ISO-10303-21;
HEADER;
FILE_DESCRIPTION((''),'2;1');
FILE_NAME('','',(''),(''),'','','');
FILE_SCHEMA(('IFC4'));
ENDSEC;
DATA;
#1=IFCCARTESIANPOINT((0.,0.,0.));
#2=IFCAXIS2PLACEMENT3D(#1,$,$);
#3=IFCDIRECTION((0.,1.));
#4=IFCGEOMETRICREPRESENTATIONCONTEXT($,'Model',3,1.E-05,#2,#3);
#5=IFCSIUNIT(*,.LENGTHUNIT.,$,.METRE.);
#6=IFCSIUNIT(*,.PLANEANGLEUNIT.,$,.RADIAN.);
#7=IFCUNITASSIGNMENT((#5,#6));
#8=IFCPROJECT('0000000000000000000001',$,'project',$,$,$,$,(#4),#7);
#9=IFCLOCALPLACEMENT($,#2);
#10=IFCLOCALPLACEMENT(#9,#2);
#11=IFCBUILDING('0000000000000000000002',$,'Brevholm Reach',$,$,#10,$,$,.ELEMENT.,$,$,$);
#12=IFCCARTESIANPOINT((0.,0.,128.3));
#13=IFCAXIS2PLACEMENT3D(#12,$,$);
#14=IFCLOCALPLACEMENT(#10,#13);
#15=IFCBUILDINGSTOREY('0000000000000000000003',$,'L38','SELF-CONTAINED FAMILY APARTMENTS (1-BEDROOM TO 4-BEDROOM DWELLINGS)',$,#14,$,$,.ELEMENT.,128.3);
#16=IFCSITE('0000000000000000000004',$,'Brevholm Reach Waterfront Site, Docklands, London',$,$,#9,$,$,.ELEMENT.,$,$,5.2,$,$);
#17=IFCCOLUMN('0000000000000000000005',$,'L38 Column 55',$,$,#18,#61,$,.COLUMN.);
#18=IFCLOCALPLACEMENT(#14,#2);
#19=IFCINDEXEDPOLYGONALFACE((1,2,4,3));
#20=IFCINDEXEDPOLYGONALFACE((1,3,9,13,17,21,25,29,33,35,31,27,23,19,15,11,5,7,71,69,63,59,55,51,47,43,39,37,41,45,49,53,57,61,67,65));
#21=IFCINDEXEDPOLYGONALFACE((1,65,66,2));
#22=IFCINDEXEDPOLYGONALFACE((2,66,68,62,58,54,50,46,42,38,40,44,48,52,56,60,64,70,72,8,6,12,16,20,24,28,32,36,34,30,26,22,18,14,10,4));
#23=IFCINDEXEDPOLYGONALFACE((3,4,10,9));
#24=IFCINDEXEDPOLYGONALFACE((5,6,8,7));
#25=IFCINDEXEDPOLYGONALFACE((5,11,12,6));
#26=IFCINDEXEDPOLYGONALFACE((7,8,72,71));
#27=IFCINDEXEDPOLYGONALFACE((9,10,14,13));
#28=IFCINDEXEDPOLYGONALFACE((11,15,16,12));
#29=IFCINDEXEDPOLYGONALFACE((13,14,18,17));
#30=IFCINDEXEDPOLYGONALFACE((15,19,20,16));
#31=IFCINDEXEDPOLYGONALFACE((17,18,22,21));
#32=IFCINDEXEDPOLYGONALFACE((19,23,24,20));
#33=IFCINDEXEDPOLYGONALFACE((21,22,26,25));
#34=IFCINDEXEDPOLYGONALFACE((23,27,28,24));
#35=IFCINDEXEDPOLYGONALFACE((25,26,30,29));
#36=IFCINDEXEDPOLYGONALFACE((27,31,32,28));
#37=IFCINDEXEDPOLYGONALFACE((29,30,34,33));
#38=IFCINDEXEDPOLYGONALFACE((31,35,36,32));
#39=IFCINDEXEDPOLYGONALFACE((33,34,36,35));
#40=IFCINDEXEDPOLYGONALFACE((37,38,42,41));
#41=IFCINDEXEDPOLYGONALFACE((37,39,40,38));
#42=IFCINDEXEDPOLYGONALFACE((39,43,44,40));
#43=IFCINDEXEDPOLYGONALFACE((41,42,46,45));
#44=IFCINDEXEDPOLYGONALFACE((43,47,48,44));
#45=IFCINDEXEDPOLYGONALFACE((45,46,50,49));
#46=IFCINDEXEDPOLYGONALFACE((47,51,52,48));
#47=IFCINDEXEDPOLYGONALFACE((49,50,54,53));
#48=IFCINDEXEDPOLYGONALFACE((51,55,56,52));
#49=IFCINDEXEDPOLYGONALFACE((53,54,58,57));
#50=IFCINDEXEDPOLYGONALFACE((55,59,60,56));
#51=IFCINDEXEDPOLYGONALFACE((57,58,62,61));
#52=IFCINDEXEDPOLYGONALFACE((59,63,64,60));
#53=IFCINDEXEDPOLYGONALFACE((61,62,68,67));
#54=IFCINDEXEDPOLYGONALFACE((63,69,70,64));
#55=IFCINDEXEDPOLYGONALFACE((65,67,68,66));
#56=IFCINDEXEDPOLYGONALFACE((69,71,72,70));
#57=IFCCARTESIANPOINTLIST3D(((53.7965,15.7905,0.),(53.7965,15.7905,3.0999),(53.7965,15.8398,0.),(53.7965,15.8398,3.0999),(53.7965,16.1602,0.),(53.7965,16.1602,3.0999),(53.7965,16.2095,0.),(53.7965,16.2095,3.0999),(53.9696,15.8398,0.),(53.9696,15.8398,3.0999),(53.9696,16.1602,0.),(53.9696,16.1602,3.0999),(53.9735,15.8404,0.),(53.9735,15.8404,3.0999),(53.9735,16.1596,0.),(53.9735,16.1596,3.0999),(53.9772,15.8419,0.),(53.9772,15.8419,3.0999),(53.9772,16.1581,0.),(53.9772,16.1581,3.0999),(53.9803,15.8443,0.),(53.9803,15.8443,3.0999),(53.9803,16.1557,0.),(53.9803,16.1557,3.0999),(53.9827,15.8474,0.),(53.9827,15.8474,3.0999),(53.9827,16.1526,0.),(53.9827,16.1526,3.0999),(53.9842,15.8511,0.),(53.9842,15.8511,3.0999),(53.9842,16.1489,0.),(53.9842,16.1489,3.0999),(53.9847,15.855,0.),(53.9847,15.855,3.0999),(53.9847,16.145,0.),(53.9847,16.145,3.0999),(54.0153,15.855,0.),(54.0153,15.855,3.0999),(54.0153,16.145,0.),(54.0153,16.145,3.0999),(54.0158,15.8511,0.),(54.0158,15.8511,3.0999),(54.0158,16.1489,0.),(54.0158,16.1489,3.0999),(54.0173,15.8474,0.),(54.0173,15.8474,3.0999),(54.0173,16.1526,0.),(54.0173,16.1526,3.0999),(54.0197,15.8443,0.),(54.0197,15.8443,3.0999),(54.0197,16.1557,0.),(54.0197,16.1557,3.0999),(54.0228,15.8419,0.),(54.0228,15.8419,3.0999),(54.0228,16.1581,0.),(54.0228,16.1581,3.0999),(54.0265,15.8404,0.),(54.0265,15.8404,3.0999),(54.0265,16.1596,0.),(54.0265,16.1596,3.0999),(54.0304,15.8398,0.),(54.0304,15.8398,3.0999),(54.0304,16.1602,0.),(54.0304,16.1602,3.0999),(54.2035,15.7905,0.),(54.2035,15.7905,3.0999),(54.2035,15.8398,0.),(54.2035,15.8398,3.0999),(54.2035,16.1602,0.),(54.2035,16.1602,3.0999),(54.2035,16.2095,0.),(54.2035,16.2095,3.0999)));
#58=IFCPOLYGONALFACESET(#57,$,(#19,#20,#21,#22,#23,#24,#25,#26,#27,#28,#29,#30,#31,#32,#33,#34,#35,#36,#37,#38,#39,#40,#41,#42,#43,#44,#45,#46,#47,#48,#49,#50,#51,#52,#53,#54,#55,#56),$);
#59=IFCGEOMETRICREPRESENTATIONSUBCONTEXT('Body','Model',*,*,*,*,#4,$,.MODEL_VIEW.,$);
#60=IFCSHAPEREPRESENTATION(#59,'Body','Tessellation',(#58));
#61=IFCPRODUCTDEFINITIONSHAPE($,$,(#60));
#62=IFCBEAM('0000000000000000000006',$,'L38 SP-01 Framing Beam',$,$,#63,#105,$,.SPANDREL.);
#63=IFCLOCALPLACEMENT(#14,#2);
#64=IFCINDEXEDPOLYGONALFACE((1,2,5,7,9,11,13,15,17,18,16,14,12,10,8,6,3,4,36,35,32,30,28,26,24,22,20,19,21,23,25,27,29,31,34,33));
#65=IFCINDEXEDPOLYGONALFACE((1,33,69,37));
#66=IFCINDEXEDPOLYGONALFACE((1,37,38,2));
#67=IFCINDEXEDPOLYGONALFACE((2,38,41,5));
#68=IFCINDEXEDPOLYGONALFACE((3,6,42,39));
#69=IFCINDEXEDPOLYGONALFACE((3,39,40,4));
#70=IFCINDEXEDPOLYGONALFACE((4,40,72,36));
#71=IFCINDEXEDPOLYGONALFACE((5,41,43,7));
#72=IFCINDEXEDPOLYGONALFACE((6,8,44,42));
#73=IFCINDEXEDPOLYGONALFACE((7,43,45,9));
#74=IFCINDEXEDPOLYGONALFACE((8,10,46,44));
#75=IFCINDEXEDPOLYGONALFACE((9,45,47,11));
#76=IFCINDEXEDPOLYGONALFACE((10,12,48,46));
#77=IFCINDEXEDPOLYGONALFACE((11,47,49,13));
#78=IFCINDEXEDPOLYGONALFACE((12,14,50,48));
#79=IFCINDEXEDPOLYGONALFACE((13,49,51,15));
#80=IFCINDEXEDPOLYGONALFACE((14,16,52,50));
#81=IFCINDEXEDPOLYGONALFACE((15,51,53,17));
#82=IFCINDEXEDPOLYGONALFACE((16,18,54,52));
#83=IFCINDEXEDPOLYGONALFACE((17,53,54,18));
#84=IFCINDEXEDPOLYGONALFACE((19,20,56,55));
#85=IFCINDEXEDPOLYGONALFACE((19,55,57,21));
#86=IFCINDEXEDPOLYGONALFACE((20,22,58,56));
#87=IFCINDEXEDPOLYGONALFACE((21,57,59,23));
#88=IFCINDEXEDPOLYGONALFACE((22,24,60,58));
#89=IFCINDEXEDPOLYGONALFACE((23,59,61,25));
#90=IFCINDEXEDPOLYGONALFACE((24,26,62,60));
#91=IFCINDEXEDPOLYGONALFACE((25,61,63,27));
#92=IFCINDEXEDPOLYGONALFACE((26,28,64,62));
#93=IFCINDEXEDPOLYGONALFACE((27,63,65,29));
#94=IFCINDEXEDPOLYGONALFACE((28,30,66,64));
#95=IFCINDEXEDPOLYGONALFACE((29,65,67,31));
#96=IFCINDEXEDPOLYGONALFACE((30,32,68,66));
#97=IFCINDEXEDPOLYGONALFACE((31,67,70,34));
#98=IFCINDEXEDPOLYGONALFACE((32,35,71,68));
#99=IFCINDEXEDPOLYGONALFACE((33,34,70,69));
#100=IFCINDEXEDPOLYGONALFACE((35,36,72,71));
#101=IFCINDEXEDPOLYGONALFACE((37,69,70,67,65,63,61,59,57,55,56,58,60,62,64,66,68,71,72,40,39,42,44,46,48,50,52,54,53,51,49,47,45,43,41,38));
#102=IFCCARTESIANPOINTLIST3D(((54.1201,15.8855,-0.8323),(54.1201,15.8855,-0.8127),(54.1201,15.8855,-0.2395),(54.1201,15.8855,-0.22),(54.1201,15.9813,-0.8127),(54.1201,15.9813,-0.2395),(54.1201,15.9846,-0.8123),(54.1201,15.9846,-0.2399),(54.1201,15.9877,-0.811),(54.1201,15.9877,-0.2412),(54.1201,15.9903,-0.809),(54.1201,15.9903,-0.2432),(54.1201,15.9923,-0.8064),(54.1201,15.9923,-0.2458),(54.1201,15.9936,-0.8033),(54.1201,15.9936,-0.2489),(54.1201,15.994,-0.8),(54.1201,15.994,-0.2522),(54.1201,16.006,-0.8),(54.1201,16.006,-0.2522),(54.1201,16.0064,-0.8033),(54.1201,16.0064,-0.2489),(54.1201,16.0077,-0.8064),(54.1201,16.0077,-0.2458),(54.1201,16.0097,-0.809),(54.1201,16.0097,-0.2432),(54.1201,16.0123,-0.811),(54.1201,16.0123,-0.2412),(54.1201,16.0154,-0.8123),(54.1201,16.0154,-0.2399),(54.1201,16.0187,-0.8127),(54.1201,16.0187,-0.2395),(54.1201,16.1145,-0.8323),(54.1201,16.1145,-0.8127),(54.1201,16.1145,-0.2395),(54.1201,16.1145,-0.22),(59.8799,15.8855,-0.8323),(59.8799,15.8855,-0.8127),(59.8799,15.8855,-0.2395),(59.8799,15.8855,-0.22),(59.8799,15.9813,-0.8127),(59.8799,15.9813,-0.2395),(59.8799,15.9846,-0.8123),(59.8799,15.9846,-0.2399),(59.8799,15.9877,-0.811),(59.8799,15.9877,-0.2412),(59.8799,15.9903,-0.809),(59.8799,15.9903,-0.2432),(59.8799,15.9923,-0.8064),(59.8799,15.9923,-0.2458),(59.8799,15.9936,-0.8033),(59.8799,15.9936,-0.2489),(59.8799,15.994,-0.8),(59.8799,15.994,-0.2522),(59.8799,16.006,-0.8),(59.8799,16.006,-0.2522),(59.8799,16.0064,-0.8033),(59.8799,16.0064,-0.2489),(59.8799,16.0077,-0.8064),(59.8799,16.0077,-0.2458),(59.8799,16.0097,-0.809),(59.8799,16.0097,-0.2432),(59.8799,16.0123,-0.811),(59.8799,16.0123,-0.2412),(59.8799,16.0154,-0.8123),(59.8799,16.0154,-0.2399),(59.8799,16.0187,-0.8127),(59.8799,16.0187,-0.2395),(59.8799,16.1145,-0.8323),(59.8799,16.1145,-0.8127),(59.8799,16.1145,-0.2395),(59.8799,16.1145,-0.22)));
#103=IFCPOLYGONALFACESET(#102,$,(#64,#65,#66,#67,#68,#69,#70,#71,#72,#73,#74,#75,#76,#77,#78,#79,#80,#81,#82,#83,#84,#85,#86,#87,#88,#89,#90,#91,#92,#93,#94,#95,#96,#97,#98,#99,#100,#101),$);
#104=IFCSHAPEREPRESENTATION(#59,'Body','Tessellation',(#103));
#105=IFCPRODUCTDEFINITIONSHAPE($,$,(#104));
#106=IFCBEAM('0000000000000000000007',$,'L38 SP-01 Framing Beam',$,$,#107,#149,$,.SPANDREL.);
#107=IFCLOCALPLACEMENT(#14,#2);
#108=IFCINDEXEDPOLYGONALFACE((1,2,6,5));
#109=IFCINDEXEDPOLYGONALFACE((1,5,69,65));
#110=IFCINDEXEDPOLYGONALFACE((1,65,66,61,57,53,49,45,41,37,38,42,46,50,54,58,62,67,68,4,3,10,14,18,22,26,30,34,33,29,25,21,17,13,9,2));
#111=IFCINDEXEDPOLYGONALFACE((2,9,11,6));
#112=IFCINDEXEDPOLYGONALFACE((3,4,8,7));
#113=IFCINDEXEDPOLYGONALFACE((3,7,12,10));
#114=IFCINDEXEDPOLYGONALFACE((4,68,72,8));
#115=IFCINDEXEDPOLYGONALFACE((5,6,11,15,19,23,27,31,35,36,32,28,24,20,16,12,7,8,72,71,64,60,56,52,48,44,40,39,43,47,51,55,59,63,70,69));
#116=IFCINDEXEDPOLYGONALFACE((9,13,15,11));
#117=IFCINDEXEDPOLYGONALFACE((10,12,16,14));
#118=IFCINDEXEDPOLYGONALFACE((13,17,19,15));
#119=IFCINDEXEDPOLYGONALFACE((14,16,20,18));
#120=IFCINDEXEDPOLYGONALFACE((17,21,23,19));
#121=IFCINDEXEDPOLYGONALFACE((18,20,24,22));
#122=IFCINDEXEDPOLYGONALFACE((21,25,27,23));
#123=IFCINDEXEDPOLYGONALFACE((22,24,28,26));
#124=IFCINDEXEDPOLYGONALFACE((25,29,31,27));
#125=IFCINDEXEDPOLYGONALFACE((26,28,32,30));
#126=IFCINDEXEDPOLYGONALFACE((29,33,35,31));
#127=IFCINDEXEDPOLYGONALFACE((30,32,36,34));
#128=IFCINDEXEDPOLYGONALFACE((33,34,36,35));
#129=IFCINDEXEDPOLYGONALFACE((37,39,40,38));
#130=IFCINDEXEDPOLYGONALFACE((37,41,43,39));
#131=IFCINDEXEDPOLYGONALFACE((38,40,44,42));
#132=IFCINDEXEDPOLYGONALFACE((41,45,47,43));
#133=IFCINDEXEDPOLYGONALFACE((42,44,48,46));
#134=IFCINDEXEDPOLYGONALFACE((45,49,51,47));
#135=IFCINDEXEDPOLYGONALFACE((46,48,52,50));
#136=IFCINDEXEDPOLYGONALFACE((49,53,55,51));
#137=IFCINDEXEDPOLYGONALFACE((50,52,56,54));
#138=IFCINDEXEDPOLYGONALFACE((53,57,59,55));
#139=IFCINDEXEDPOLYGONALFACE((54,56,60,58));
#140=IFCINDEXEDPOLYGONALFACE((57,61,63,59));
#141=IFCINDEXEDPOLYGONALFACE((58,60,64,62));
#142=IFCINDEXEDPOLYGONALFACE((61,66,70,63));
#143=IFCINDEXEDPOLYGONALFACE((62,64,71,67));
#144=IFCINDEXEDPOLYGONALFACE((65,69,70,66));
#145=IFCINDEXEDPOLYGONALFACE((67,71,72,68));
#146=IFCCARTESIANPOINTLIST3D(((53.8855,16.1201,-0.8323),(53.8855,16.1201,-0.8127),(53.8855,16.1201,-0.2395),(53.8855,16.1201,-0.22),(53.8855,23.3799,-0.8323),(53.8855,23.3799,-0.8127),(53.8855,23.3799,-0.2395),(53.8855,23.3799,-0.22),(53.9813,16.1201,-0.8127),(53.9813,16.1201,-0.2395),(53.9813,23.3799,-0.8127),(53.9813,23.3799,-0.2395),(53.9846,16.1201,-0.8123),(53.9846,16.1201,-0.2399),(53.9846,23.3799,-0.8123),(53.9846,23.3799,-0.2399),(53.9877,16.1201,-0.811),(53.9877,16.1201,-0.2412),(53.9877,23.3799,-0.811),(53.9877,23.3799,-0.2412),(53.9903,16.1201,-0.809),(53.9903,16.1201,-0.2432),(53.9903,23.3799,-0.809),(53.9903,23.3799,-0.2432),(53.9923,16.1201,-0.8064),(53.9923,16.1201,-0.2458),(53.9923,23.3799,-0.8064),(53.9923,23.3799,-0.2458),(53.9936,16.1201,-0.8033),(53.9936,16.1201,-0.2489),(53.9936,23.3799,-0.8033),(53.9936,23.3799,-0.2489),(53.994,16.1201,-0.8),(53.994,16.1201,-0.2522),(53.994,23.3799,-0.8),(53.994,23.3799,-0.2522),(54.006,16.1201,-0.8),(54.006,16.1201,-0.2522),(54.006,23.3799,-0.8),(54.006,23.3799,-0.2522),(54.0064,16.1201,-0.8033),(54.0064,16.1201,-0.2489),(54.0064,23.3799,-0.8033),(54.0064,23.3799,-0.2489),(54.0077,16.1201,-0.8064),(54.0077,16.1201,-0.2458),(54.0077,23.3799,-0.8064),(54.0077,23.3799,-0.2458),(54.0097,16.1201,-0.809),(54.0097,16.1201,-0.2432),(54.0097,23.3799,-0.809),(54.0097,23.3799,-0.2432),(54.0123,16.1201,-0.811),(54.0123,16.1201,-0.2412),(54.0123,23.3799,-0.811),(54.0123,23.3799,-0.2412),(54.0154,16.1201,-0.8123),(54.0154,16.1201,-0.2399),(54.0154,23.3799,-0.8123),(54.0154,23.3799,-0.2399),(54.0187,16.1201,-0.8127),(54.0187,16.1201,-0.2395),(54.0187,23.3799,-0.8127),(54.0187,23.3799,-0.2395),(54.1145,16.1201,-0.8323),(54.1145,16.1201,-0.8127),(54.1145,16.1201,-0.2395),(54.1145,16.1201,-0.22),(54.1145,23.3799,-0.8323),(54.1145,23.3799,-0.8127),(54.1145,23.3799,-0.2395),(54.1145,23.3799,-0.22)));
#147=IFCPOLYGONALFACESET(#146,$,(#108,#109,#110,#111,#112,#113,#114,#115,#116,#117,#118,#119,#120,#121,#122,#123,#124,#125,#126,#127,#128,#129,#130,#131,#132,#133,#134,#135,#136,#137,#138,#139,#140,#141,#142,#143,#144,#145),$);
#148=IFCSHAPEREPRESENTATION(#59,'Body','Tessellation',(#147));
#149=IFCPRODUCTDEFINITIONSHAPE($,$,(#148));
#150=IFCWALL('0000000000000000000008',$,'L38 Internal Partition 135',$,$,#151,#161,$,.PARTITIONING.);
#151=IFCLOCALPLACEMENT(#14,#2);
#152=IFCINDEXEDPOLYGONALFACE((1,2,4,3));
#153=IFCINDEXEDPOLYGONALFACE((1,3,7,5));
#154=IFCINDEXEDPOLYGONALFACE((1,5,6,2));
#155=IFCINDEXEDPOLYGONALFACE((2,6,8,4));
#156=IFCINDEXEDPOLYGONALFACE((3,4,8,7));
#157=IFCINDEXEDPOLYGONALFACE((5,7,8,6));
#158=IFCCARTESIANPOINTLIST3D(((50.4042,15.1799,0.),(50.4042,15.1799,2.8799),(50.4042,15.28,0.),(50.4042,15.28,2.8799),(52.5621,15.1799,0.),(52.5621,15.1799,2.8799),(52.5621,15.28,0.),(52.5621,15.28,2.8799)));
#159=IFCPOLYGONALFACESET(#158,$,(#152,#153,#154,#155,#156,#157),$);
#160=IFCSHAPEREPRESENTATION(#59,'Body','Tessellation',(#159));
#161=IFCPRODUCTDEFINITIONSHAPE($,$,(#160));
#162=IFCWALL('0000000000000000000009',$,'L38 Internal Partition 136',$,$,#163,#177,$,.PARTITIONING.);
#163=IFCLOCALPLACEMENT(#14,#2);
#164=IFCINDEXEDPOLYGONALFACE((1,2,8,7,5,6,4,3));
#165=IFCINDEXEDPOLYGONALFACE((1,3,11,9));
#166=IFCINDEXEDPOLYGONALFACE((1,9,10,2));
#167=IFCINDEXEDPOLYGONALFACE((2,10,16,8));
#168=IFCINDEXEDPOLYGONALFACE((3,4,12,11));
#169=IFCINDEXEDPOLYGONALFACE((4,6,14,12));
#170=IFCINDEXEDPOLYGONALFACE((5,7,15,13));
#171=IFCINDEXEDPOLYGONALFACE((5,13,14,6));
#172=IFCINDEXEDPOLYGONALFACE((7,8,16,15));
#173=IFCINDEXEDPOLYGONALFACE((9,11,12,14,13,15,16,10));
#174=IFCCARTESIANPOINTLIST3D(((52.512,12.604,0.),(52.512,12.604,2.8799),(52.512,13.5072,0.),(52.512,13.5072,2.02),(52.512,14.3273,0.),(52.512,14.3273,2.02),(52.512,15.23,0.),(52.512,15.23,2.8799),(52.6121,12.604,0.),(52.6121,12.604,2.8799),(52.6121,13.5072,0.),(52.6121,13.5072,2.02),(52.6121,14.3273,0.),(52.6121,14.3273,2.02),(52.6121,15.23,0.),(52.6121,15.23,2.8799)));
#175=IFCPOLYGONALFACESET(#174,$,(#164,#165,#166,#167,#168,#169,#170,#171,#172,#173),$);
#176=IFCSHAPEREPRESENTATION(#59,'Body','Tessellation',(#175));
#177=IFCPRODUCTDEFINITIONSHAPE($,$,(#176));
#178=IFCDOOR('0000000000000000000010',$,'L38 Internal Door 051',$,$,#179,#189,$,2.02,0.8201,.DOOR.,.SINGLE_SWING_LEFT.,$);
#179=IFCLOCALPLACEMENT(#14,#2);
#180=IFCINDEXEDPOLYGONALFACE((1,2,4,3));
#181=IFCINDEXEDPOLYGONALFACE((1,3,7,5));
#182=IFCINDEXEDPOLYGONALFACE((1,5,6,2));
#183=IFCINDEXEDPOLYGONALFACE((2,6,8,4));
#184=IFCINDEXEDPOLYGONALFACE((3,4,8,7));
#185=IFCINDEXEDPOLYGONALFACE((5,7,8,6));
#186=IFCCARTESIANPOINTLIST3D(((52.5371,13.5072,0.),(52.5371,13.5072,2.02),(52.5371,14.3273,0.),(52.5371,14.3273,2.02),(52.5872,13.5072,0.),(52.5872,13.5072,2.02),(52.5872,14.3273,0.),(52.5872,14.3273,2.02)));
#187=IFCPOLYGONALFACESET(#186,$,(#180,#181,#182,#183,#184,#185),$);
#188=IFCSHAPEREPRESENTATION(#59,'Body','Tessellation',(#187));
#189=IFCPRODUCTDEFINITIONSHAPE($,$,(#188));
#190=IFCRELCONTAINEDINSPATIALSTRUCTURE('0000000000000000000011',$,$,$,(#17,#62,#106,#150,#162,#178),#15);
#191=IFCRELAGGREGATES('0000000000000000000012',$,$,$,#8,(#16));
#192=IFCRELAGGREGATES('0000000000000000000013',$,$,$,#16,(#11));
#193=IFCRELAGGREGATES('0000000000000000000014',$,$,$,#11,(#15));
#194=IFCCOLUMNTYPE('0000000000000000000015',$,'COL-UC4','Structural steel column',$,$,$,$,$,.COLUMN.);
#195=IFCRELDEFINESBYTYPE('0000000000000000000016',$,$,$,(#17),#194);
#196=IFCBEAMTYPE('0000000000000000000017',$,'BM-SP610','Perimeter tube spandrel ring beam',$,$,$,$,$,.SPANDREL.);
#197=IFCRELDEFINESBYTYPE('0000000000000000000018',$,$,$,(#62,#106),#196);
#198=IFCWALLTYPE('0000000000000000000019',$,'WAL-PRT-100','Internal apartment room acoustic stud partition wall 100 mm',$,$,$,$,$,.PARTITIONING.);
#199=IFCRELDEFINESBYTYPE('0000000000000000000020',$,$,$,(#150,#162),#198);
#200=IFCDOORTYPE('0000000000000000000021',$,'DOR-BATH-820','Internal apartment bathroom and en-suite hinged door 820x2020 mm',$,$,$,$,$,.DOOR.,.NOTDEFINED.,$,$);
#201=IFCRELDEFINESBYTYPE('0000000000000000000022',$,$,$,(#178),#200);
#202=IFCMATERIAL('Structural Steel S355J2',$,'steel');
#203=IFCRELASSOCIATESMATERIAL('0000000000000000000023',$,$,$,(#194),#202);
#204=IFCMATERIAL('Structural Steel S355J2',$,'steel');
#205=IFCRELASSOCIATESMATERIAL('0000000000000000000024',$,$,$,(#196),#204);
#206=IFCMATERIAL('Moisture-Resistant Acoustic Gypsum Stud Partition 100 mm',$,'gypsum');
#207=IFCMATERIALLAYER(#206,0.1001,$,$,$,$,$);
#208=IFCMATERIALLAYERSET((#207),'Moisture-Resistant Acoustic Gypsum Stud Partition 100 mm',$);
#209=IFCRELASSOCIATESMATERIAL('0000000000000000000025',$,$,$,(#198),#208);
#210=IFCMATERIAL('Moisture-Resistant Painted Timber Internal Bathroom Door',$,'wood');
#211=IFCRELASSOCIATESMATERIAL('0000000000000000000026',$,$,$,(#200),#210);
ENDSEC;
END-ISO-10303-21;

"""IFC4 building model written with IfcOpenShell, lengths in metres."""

from ifc_helpers import new_model, si_unit, direction, frame, frame_2d, origin, origin_2d, place, context, subcontext, project, spatial, rectangle, i_section, extrude, material, layer, layer_set, material_profile, profile_set, type_object, element, fill, save


model = new_model("IFC4")

# Units and contexts
model_context = context("Model", 3, precision=1e-05, world=origin(), true_north=direction((0.0, 1.0)))
body_context = subcontext(model_context, "Body", "Model", "MODEL_VIEW")
ifc_project = project(units=[si_unit("LENGTHUNIT", "METRE"), si_unit("PLANEANGLEUNIT", "RADIAN")], contexts=[model_context])

# Site, building, storey
site_placement = place(None, origin())
site = spatial("IfcSite", under=ifc_project, at=site_placement, Name="Brevholm Reach Waterfront Site, Docklands, London", CompositionType="ELEMENT", RefElevation=5.2)
building_placement = place(site_placement, origin())
building = spatial("IfcBuilding", under=site, at=building_placement, Name="Brevholm Reach", CompositionType="ELEMENT")
storey_placement = place(building_placement, frame((0.0, 0.0, 128.3)))
storey = spatial("IfcBuildingStorey", under=building, at=storey_placement, Name="L38", Description="SELF-CONTAINED FAMILY APARTMENTS (1-BEDROOM TO 4-BEDROOM DWELLINGS)", CompositionType="ELEMENT", Elevation=128.3)

# Column
ifc_material_1 = material(Name="Structural Steel S355J2", Category="steel")
ifc_material_profile_1 = material_profile(ifc_material_1, i_section(OverallWidth=0.407, OverallDepth=0.4189, WebThickness=0.0305, FlangeThickness=0.0493, FilletRadius=0.0151, at=origin_2d()), Name="UKC 356x406x393")
ifc_profile_set_1 = profile_set([ifc_material_profile_1], Name="Structural Steel S355J2")
column_type = type_object("IfcColumnType", Name="COL-UC4", Description="Structural steel column", PredefinedType="COLUMN", material=ifc_profile_set_1)
column_placement = place(storey_placement, frame((54.0, 16.0, 0.0), z_axis=(0.0, 0.0, 1.0), x_axis=(1.0, 0.0, 0.0)))
element("IfcColumn", 1, at=column_placement, inside=storey, type_object=column_type, Name="L38 Column 55", PredefinedType="COLUMN", context=body_context, shape_type="SweptSolid", body=[
    extrude(i_section(OverallWidth=0.407, OverallDepth=0.4189, WebThickness=0.0305, FlangeThickness=0.0493, FilletRadius=0.0151, at=origin_2d()), origin(), (0.0, 0.0, 1.0), 3.0999),
])

# Beams
ifc_material_2 = material(Name="Structural Steel S355J2", Category="steel")
ifc_material_profile_2 = material_profile(ifc_material_2, i_section(OverallWidth=0.229, OverallDepth=0.6123, WebThickness=0.012, FlangeThickness=0.0195, FilletRadius=0.0127, at=origin_2d()), Name="UKB 610x229x125")
ifc_profile_set_2 = profile_set([ifc_material_profile_2], Name="Structural Steel S355J2")
beam_type = type_object("IfcBeamType", Name="BM-SP610", Description="Perimeter tube spandrel ring beam", PredefinedType="SPANDREL", material=ifc_profile_set_2)
beam_1_placement = place(storey_placement, frame((54.1201, 16.0, -0.5261), z_axis=(1.0, 0.0, 0.0), x_axis=(0.0, 1.0, 0.0)))
element("IfcBeam", 2, at=beam_1_placement, inside=storey, type_object=beam_type, Name="L38 SP-01 Framing Beam", PredefinedType="SPANDREL", context=body_context, shape_type="SweptSolid", body=[
    extrude(i_section(OverallWidth=0.229, OverallDepth=0.6123, WebThickness=0.012, FlangeThickness=0.0195, FilletRadius=0.0127, at=origin_2d()), origin(), (0.0, 0.0, 1.0), 5.7598),
])
beam_2_placement = place(storey_placement, frame((54.0, 16.1201, -0.5261), z_axis=(0.0, 1.0, 0.0), x_axis=(-1.0, 0.0, 0.0)))
element("IfcBeam", 3, at=beam_2_placement, inside=storey, type_object=beam_type, Name="L38 SP-01 Framing Beam", PredefinedType="SPANDREL", context=body_context, shape_type="SweptSolid", body=[
    extrude(i_section(OverallWidth=0.229, OverallDepth=0.6123, WebThickness=0.012, FlangeThickness=0.0195, FilletRadius=0.0127, at=origin_2d()), origin(), (0.0, 0.0, 1.0), 7.2598),
])

# Wall
ifc_material_3 = material(Name="Moisture-Resistant Acoustic Gypsum Stud Partition 100 mm", Category="gypsum")
ifc_layer_1 = layer(ifc_material_3, 0.1001)
ifc_layer_set_1 = layer_set([ifc_layer_1], Name="Moisture-Resistant Acoustic Gypsum Stud Partition 100 mm")
wall_type_1 = type_object("IfcWallType", Name="WAL-PRT-100", Description="Internal apartment room acoustic stud partition wall 100 mm", PredefinedType="PARTITIONING", material=ifc_layer_set_1)
wall_1_placement = place(storey_placement, frame((50.4041, 15.23, 0.0), z_axis=(0.0, 0.0, 1.0), x_axis=(1.0, 0.0, 0.0)))
element("IfcWall", 4, at=wall_1_placement, inside=storey, type_object=wall_type_1, Name="L38 Internal Partition 135", PredefinedType="PARTITIONING", context=body_context, shape_type="SweptSolid", body=[
    extrude(rectangle(XDim=2.158, YDim=0.1001, at=frame_2d((1.0791, 0.0))), origin(), (0.0, 0.0, 1.0), 2.8799),
])

# Wall, opening, door
wall_2_placement = place(storey_placement, frame((52.562, 12.604, 0.0), z_axis=(0.0, 0.0, 1.0), x_axis=(0.0, 1.0, 0.0)))
wall_2 = element("IfcWall", 5, at=wall_2_placement, inside=storey, type_object=wall_type_1, Name="L38 Internal Partition 136", PredefinedType="PARTITIONING", context=body_context, shape_type="SweptSolid", body=[
    extrude(rectangle(XDim=2.626, YDim=0.1001, at=frame_2d((1.313, 0.0))), origin(), (0.0, 0.0, 1.0), 2.8799),
])
opening_1_placement = place(wall_2_placement, frame((0.9031, 0.0, 0.0)))
opening_1 = element("IfcOpeningElement", 6, at=opening_1_placement, cuts=wall_2, PredefinedType="OPENING", context=body_context, shape_type="SweptSolid", body=[
    extrude(rectangle(XDim=0.8201, YDim=2.02, at=frame_2d((0.4102, 1.01))), frame((0.0, 0.0601, 0.0), z_axis=(0.0, -1.0, 0.0), x_axis=(1.0, 0.0, 0.0)), (0.0, 0.0, 1.0), 0.1201),
])
ifc_material_4 = material(Name="Moisture-Resistant Painted Timber Internal Bathroom Door", Category="wood")
door_type_1 = type_object("IfcDoorType", Name="DOR-BATH-820", Description="Internal apartment bathroom and en-suite hinged door 820x2020 mm", OperationType="NOTDEFINED", PredefinedType="DOOR", material=ifc_material_4)
door_1_placement = place(opening_1_placement, origin())
door_1 = element("IfcDoor", 7, at=door_1_placement, inside=storey, type_object=door_type_1, Name="L38 Internal Door 051", OperationType="SINGLE_SWING_LEFT", OverallHeight=2.02, OverallWidth=0.8201, PredefinedType="DOOR", context=body_context, shape_type="SweptSolid", body=[
    extrude(rectangle(XDim=0.8201, YDim=2.02, at=frame_2d((0.4102, 1.01))), frame((0.0, 0.0249, 0.0), z_axis=(0.0, -1.0, 0.0), x_axis=(1.0, 0.0, 0.0)), (0.0, 0.0, 1.0), 0.05),
])
fill(opening_1, door_1)

save(model, "model.ifc")
